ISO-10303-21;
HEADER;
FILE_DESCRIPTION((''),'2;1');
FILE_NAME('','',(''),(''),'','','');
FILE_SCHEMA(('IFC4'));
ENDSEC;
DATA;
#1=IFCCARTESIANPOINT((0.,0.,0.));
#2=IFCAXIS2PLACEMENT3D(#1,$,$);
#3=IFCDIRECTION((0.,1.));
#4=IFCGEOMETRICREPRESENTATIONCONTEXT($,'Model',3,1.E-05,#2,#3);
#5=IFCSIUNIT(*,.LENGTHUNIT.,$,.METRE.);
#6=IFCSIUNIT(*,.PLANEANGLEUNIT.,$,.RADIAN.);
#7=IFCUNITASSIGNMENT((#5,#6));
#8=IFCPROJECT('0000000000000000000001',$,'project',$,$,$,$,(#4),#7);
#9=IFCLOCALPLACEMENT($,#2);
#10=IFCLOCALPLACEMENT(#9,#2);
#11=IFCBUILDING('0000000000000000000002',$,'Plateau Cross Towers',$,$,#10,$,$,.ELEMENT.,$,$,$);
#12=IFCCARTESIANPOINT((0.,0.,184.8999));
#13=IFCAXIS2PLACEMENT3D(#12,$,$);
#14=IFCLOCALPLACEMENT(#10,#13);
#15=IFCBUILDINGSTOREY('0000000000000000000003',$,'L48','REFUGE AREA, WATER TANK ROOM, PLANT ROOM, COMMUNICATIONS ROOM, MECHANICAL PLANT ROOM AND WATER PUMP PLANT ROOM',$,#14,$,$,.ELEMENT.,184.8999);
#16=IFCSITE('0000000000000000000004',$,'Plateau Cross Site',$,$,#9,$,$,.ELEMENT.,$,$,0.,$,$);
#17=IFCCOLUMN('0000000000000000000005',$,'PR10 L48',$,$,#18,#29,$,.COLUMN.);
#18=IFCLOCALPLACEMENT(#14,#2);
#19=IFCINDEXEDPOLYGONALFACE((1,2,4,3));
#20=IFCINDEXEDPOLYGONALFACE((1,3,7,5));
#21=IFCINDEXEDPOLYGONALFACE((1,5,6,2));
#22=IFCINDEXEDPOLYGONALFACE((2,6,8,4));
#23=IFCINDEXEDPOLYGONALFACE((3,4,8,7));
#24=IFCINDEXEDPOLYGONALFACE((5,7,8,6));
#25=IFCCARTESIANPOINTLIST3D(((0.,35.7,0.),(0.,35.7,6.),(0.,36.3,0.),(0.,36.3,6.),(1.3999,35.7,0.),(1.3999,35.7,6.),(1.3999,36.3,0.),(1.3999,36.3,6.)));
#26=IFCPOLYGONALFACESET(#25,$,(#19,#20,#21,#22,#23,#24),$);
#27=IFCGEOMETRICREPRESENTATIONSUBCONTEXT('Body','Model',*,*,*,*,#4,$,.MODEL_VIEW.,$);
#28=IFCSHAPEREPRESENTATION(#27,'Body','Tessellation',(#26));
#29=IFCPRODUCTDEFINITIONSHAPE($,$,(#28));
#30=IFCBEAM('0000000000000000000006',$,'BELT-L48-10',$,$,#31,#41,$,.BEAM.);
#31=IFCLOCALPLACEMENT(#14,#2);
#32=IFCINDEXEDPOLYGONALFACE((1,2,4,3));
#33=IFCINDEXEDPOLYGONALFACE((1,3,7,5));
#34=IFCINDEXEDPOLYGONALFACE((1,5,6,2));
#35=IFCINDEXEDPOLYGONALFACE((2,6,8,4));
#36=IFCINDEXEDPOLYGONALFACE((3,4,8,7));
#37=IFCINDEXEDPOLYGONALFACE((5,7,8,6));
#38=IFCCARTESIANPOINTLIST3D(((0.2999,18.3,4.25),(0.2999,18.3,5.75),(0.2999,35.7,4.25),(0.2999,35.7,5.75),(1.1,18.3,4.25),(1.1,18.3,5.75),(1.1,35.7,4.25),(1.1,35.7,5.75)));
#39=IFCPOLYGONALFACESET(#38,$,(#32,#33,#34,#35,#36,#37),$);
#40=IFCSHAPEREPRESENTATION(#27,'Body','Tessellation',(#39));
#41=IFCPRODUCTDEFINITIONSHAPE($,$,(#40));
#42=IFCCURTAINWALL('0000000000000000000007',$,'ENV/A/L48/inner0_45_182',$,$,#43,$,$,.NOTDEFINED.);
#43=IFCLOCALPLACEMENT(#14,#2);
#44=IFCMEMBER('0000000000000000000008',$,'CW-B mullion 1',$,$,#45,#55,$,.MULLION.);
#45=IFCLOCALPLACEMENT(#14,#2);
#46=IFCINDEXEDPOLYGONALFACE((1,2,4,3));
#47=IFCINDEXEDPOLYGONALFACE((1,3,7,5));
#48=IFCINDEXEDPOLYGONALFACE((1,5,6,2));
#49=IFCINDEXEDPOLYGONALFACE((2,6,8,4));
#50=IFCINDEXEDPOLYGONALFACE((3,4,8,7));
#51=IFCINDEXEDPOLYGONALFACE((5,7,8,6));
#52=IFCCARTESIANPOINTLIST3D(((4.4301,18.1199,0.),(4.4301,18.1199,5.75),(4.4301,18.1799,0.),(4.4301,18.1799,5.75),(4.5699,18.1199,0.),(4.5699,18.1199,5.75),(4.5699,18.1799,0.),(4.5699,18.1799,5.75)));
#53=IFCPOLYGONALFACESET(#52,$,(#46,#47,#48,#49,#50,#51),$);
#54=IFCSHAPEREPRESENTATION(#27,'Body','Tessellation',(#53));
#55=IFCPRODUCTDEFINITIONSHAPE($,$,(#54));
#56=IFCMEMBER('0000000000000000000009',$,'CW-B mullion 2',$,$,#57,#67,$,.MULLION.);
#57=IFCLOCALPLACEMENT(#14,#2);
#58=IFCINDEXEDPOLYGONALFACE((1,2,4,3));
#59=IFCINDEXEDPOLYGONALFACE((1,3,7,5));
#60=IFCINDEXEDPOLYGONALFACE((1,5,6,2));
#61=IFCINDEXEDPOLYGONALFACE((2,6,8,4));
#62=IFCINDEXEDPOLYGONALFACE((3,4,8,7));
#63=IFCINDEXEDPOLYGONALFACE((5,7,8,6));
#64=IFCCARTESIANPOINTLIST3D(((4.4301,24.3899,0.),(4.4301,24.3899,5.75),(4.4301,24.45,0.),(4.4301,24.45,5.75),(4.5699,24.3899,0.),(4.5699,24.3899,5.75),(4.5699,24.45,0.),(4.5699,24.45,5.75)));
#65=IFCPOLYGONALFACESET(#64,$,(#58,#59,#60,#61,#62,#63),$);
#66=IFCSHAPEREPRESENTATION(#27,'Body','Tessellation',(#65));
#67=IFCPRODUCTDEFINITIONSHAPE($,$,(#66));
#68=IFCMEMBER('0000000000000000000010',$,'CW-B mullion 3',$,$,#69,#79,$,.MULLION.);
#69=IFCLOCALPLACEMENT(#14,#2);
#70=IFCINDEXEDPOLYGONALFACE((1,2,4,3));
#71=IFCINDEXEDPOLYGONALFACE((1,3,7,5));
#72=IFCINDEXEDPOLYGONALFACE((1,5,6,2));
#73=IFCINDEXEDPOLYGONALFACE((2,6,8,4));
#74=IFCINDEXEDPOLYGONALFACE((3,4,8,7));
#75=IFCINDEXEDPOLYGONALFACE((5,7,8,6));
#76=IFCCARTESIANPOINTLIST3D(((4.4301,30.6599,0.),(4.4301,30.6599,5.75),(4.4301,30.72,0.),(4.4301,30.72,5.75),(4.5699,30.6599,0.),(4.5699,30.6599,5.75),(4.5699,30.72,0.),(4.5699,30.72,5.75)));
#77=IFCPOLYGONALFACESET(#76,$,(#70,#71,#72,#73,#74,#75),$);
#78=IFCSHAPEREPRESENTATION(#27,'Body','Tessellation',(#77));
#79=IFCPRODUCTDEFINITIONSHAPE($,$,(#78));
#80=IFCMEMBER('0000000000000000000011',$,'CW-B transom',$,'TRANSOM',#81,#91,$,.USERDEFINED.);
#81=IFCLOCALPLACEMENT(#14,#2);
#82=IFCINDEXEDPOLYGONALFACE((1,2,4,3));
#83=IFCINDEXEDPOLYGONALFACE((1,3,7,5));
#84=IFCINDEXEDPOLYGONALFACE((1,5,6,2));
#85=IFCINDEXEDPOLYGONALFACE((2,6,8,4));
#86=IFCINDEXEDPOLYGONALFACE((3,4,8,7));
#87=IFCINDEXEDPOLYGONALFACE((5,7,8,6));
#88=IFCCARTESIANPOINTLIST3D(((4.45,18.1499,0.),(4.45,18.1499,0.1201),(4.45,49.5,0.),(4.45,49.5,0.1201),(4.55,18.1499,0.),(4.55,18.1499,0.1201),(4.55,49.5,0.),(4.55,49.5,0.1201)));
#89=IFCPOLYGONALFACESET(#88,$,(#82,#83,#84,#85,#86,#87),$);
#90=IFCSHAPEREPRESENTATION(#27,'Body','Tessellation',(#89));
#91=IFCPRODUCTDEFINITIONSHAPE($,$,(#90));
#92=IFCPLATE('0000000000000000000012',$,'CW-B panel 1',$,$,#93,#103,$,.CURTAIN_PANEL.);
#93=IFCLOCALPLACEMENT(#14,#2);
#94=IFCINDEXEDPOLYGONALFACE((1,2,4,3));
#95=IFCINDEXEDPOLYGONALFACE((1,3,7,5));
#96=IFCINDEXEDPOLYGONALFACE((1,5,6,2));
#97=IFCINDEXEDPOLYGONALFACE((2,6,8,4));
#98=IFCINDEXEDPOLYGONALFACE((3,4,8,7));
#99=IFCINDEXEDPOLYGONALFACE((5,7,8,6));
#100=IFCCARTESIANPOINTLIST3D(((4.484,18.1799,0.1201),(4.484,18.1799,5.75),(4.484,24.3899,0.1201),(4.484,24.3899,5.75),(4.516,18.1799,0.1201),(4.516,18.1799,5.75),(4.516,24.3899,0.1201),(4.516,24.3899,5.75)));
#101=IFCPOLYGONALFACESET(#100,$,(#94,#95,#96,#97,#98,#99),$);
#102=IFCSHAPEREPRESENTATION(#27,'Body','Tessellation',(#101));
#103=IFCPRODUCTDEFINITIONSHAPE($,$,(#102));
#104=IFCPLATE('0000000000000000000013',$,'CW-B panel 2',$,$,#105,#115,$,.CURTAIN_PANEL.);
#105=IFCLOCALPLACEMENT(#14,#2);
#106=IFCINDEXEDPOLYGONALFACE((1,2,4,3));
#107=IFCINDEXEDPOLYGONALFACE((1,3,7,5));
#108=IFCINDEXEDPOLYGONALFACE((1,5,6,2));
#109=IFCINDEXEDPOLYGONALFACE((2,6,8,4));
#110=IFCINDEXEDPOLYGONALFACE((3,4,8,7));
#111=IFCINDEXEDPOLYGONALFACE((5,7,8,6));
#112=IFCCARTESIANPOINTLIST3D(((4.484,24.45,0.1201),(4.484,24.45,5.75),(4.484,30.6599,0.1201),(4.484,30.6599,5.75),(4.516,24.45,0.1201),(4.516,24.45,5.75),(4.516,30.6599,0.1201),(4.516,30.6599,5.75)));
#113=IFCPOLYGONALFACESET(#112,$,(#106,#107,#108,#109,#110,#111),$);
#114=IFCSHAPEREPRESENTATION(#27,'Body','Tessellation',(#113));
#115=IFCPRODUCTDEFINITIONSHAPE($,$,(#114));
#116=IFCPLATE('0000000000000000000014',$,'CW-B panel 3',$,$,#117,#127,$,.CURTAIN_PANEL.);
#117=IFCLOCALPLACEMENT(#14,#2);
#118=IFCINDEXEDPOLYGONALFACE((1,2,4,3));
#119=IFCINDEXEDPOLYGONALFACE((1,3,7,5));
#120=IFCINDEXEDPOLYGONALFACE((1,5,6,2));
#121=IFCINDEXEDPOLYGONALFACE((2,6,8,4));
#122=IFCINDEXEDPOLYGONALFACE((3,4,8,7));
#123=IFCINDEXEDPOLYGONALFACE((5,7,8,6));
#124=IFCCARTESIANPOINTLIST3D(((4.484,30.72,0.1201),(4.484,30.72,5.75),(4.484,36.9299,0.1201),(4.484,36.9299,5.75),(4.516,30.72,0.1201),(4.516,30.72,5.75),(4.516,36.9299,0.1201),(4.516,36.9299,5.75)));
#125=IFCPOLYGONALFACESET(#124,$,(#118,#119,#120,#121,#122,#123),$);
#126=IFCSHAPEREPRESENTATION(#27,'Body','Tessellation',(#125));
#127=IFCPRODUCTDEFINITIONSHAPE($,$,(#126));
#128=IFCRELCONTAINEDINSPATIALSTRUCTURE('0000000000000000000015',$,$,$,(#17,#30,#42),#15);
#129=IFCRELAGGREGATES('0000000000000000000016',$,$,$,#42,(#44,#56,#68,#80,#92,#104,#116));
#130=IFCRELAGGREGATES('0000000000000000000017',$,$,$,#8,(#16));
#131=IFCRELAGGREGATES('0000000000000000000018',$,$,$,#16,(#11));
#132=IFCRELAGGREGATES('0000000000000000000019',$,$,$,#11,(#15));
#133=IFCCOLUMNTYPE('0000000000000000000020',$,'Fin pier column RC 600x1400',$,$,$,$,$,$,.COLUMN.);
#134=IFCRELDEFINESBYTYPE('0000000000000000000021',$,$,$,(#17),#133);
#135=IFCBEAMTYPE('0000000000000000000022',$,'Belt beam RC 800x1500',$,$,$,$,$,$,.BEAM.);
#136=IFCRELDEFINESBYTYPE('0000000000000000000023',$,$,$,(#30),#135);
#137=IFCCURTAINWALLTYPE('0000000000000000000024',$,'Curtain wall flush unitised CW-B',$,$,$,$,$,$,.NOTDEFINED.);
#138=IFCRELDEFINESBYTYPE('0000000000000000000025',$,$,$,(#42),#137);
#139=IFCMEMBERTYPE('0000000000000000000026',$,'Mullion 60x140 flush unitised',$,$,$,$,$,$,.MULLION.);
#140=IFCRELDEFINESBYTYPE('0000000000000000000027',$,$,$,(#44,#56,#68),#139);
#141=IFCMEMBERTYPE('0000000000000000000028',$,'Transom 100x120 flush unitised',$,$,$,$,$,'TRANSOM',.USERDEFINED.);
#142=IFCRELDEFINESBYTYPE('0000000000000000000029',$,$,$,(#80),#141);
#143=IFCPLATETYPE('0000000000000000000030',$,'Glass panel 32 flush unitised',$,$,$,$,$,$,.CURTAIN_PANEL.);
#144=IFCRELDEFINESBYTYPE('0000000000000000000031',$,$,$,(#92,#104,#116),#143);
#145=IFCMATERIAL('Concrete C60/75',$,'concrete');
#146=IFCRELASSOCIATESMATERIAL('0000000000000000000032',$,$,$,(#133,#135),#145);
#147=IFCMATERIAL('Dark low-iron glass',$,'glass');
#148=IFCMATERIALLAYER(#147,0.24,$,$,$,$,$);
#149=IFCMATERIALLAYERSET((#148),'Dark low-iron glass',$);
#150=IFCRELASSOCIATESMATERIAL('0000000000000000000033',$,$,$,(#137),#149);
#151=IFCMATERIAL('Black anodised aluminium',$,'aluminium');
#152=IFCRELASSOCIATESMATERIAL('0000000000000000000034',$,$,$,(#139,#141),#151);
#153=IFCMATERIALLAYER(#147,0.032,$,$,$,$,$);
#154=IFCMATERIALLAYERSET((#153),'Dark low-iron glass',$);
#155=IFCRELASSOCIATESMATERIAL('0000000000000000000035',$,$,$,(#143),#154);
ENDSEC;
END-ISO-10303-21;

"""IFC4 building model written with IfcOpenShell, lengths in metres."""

from ifc_helpers import new_model, si_unit, direction, frame, origin, origin_2d, place, context, subcontext, project, spatial, rectangle, extrude, material, layer, layer_set, material_profile, profile_set, type_object, element, aggregate, save


model = new_model("IFC4")

# Units and contexts
model_context = context("Model", 3, precision=1e-05, world=origin(), true_north=direction((0.0, 1.0)))
body_context = subcontext(model_context, "Body", "Model", "MODEL_VIEW")
ifc_project = project(units=[si_unit("LENGTHUNIT", "METRE"), si_unit("PLANEANGLEUNIT", "RADIAN")], contexts=[model_context])

# Site, building, storey
site_placement = place(None, origin())
site = spatial("IfcSite", under=ifc_project, at=site_placement, Name="Plateau Cross Site", CompositionType="ELEMENT", RefElevation=0.0)
building_placement = place(site_placement, origin())
building = spatial("IfcBuilding", under=site, at=building_placement, Name="Plateau Cross Towers", CompositionType="ELEMENT")
storey_placement = place(building_placement, frame((0.0, 0.0, 184.8999)))
storey = spatial("IfcBuildingStorey", under=building, at=storey_placement, Name="L48", Description="REFUGE AREA, WATER TANK ROOM, PLANT ROOM, COMMUNICATIONS ROOM, MECHANICAL PLANT ROOM AND WATER PUMP PLANT ROOM", CompositionType="ELEMENT", Elevation=184.8999)

# Column
ifc_material_1 = material(Name="Concrete C60/75", Category="concrete")
ifc_material_profile_1 = material_profile(ifc_material_1, rectangle(XDim=0.6001, YDim=1.3999, at=origin_2d()), Name="RC 600x1400")
ifc_profile_set_1 = profile_set([ifc_material_profile_1], Name="Concrete C60/75")
column_type = type_object("IfcColumnType", Name="Fin pier column RC 600x1400", PredefinedType="COLUMN", material=ifc_profile_set_1)
column_placement = place(storey_placement, frame((0.7, 36.0, 0.0), z_axis=(0.0, 0.0, 1.0), x_axis=(0.0, 1.0, 0.0)))
element("IfcColumn", 1, at=column_placement, inside=storey, type_object=column_type, Name="PR10 L48", PredefinedType="COLUMN", context=body_context, shape_type="SweptSolid", body=[
    extrude(rectangle(XDim=0.6001, YDim=1.3999, at=origin_2d()), origin(), (0.0, 0.0, 1.0), 6.0),
])

# Beam
ifc_material_profile_2 = material_profile(ifc_material_1, rectangle(XDim=0.8, YDim=1.5, at=origin_2d()), Name="RC 800x1500")
ifc_profile_set_2 = profile_set([ifc_material_profile_2], Name="Concrete C60/75")
beam_type = type_object("IfcBeamType", Name="Belt beam RC 800x1500", PredefinedType="BEAM", material=ifc_profile_set_2)
beam_placement = place(storey_placement, frame((0.7, 35.7, 5.0), z_axis=(0.0, -1.0, 0.0), x_axis=(1.0, 0.0, 0.0)))
element("IfcBeam", 2, at=beam_placement, inside=storey, type_object=beam_type, Name="BELT-L48-10", PredefinedType="BEAM", context=body_context, shape_type="SweptSolid", body=[
    extrude(rectangle(XDim=0.8, YDim=1.5, at=origin_2d()), origin(), (0.0, 0.0, 1.0), 17.3999),
])

# Curtain wall, members, plates
ifc_material_2 = material(Name="Dark low-iron glass", Category="glass")
ifc_layer_1 = layer(ifc_material_2, 0.24)
ifc_layer_set_1 = layer_set([ifc_layer_1], Name="Dark low-iron glass")
curtain_wall_type = type_object("IfcCurtainWallType", Name="Curtain wall flush unitised CW-B", PredefinedType="NOTDEFINED", material=ifc_layer_set_1)
curtain_wall_placement = place(storey_placement, origin())
curtain_wall = element("IfcCurtainWall", 3, at=curtain_wall_placement, inside=storey, type_object=curtain_wall_type, Name="ENV/A/L48/inner0_45_182", PredefinedType="NOTDEFINED")
ifc_material_3 = material(Name="Black anodised aluminium", Category="aluminium")
ifc_material_profile_3 = material_profile(ifc_material_3, rectangle(XDim=0.0601, YDim=0.1399, at=origin_2d()), Name="MULLION 60x140")
ifc_profile_set_3 = profile_set([ifc_material_profile_3], Name="Black anodised aluminium")
member_type_1 = type_object("IfcMemberType", Name="Mullion 60x140 flush unitised", PredefinedType="MULLION", material=ifc_profile_set_3)
member_1_placement = place(storey_placement, frame((4.5, 18.1499, 0.0), z_axis=(0.0, 0.0, 1.0), x_axis=(0.0, 1.0, 0.0)))
member_1 = element("IfcMember", 4, at=member_1_placement, type_object=member_type_1, Name="CW-B mullion 1", PredefinedType="MULLION", context=body_context, shape_type="SweptSolid", body=[
    extrude(rectangle(XDim=0.0601, YDim=0.1399, at=origin_2d()), origin(), (0.0, 0.0, 1.0), 5.75),
])
member_2_placement = place(storey_placement, frame((4.5, 24.4199, 0.0), z_axis=(0.0, 0.0, 1.0), x_axis=(0.0, 1.0, 0.0)))
member_2 = element("IfcMember", 5, at=member_2_placement, type_object=member_type_1, Name="CW-B mullion 2", PredefinedType="MULLION", context=body_context, shape_type="SweptSolid", body=[
    extrude(rectangle(XDim=0.0601, YDim=0.1399, at=origin_2d()), origin(), (0.0, 0.0, 1.0), 5.75),
])
member_3_placement = place(storey_placement, frame((4.5, 30.6899, 0.0), z_axis=(0.0, 0.0, 1.0), x_axis=(0.0, 1.0, 0.0)))
member_3 = element("IfcMember", 6, at=member_3_placement, type_object=member_type_1, Name="CW-B mullion 3", PredefinedType="MULLION", context=body_context, shape_type="SweptSolid", body=[
    extrude(rectangle(XDim=0.0601, YDim=0.1399, at=origin_2d()), origin(), (0.0, 0.0, 1.0), 5.75),
])
ifc_material_profile_4 = material_profile(ifc_material_3, rectangle(XDim=0.1001, YDim=0.1201, at=origin_2d()), Name="TRANSOM 100x120")
ifc_profile_set_4 = profile_set([ifc_material_profile_4], Name="Black anodised aluminium")
member_type_2 = type_object("IfcMemberType", Name="Transom 100x120 flush unitised", ElementType="TRANSOM", PredefinedType="USERDEFINED", material=ifc_profile_set_4)
member_4_placement = place(storey_placement, frame((4.5, 18.1499, 0.0601), z_axis=(0.0, 1.0, 0.0), x_axis=(-1.0, 0.0, 0.0)))
member_4 = element("IfcMember", 7, at=member_4_placement, type_object=member_type_2, Name="CW-B transom", ObjectType="TRANSOM", PredefinedType="USERDEFINED", context=body_context, shape_type="SweptSolid", body=[
    extrude(rectangle(XDim=0.1001, YDim=0.1201, at=origin_2d()), origin(), (0.0, 0.0, 1.0), 31.3501),
])
ifc_layer_2 = layer(ifc_material_2, 0.032)
ifc_layer_set_2 = layer_set([ifc_layer_2], Name="Dark low-iron glass")
plate_type = type_object("IfcPlateType", Name="Glass panel 32 flush unitised", PredefinedType="CURTAIN_PANEL", material=ifc_layer_set_2)
plate_1_placement = place(storey_placement, frame((4.5, 21.2849, 0.1201), z_axis=(0.0, 0.0, 1.0), x_axis=(0.0, 1.0, 0.0)))
plate_1 = element("IfcPlate", 8, at=plate_1_placement, type_object=plate_type, Name="CW-B panel 1", PredefinedType="CURTAIN_PANEL", context=body_context, shape_type="SweptSolid", body=[
    extrude(rectangle(XDim=6.21, YDim=0.032, at=origin_2d()), origin(), (0.0, 0.0, 1.0), 5.6299),
])
plate_2_placement = place(storey_placement, frame((4.5, 27.5549, 0.1201), z_axis=(0.0, 0.0, 1.0), x_axis=(0.0, 1.0, 0.0)))
plate_2 = element("IfcPlate", 9, at=plate_2_placement, type_object=plate_type, Name="CW-B panel 2", PredefinedType="CURTAIN_PANEL", context=body_context, shape_type="SweptSolid", body=[
    extrude(rectangle(XDim=6.21, YDim=0.032, at=origin_2d()), origin(), (0.0, 0.0, 1.0), 5.6299),
])
plate_3_placement = place(storey_placement, frame((4.5, 33.825, 0.1201), z_axis=(0.0, 0.0, 1.0), x_axis=(0.0, 1.0, 0.0)))
plate_3 = element("IfcPlate", 10, at=plate_3_placement, type_object=plate_type, Name="CW-B panel 3", PredefinedType="CURTAIN_PANEL", context=body_context, shape_type="SweptSolid", body=[
    extrude(rectangle(XDim=6.21, YDim=0.032, at=origin_2d()), origin(), (0.0, 0.0, 1.0), 5.6299),
])
aggregate(curtain_wall, [member_1, member_2, member_3, member_4, plate_1, plate_2, plate_3])

save(model, "model.ifc")
